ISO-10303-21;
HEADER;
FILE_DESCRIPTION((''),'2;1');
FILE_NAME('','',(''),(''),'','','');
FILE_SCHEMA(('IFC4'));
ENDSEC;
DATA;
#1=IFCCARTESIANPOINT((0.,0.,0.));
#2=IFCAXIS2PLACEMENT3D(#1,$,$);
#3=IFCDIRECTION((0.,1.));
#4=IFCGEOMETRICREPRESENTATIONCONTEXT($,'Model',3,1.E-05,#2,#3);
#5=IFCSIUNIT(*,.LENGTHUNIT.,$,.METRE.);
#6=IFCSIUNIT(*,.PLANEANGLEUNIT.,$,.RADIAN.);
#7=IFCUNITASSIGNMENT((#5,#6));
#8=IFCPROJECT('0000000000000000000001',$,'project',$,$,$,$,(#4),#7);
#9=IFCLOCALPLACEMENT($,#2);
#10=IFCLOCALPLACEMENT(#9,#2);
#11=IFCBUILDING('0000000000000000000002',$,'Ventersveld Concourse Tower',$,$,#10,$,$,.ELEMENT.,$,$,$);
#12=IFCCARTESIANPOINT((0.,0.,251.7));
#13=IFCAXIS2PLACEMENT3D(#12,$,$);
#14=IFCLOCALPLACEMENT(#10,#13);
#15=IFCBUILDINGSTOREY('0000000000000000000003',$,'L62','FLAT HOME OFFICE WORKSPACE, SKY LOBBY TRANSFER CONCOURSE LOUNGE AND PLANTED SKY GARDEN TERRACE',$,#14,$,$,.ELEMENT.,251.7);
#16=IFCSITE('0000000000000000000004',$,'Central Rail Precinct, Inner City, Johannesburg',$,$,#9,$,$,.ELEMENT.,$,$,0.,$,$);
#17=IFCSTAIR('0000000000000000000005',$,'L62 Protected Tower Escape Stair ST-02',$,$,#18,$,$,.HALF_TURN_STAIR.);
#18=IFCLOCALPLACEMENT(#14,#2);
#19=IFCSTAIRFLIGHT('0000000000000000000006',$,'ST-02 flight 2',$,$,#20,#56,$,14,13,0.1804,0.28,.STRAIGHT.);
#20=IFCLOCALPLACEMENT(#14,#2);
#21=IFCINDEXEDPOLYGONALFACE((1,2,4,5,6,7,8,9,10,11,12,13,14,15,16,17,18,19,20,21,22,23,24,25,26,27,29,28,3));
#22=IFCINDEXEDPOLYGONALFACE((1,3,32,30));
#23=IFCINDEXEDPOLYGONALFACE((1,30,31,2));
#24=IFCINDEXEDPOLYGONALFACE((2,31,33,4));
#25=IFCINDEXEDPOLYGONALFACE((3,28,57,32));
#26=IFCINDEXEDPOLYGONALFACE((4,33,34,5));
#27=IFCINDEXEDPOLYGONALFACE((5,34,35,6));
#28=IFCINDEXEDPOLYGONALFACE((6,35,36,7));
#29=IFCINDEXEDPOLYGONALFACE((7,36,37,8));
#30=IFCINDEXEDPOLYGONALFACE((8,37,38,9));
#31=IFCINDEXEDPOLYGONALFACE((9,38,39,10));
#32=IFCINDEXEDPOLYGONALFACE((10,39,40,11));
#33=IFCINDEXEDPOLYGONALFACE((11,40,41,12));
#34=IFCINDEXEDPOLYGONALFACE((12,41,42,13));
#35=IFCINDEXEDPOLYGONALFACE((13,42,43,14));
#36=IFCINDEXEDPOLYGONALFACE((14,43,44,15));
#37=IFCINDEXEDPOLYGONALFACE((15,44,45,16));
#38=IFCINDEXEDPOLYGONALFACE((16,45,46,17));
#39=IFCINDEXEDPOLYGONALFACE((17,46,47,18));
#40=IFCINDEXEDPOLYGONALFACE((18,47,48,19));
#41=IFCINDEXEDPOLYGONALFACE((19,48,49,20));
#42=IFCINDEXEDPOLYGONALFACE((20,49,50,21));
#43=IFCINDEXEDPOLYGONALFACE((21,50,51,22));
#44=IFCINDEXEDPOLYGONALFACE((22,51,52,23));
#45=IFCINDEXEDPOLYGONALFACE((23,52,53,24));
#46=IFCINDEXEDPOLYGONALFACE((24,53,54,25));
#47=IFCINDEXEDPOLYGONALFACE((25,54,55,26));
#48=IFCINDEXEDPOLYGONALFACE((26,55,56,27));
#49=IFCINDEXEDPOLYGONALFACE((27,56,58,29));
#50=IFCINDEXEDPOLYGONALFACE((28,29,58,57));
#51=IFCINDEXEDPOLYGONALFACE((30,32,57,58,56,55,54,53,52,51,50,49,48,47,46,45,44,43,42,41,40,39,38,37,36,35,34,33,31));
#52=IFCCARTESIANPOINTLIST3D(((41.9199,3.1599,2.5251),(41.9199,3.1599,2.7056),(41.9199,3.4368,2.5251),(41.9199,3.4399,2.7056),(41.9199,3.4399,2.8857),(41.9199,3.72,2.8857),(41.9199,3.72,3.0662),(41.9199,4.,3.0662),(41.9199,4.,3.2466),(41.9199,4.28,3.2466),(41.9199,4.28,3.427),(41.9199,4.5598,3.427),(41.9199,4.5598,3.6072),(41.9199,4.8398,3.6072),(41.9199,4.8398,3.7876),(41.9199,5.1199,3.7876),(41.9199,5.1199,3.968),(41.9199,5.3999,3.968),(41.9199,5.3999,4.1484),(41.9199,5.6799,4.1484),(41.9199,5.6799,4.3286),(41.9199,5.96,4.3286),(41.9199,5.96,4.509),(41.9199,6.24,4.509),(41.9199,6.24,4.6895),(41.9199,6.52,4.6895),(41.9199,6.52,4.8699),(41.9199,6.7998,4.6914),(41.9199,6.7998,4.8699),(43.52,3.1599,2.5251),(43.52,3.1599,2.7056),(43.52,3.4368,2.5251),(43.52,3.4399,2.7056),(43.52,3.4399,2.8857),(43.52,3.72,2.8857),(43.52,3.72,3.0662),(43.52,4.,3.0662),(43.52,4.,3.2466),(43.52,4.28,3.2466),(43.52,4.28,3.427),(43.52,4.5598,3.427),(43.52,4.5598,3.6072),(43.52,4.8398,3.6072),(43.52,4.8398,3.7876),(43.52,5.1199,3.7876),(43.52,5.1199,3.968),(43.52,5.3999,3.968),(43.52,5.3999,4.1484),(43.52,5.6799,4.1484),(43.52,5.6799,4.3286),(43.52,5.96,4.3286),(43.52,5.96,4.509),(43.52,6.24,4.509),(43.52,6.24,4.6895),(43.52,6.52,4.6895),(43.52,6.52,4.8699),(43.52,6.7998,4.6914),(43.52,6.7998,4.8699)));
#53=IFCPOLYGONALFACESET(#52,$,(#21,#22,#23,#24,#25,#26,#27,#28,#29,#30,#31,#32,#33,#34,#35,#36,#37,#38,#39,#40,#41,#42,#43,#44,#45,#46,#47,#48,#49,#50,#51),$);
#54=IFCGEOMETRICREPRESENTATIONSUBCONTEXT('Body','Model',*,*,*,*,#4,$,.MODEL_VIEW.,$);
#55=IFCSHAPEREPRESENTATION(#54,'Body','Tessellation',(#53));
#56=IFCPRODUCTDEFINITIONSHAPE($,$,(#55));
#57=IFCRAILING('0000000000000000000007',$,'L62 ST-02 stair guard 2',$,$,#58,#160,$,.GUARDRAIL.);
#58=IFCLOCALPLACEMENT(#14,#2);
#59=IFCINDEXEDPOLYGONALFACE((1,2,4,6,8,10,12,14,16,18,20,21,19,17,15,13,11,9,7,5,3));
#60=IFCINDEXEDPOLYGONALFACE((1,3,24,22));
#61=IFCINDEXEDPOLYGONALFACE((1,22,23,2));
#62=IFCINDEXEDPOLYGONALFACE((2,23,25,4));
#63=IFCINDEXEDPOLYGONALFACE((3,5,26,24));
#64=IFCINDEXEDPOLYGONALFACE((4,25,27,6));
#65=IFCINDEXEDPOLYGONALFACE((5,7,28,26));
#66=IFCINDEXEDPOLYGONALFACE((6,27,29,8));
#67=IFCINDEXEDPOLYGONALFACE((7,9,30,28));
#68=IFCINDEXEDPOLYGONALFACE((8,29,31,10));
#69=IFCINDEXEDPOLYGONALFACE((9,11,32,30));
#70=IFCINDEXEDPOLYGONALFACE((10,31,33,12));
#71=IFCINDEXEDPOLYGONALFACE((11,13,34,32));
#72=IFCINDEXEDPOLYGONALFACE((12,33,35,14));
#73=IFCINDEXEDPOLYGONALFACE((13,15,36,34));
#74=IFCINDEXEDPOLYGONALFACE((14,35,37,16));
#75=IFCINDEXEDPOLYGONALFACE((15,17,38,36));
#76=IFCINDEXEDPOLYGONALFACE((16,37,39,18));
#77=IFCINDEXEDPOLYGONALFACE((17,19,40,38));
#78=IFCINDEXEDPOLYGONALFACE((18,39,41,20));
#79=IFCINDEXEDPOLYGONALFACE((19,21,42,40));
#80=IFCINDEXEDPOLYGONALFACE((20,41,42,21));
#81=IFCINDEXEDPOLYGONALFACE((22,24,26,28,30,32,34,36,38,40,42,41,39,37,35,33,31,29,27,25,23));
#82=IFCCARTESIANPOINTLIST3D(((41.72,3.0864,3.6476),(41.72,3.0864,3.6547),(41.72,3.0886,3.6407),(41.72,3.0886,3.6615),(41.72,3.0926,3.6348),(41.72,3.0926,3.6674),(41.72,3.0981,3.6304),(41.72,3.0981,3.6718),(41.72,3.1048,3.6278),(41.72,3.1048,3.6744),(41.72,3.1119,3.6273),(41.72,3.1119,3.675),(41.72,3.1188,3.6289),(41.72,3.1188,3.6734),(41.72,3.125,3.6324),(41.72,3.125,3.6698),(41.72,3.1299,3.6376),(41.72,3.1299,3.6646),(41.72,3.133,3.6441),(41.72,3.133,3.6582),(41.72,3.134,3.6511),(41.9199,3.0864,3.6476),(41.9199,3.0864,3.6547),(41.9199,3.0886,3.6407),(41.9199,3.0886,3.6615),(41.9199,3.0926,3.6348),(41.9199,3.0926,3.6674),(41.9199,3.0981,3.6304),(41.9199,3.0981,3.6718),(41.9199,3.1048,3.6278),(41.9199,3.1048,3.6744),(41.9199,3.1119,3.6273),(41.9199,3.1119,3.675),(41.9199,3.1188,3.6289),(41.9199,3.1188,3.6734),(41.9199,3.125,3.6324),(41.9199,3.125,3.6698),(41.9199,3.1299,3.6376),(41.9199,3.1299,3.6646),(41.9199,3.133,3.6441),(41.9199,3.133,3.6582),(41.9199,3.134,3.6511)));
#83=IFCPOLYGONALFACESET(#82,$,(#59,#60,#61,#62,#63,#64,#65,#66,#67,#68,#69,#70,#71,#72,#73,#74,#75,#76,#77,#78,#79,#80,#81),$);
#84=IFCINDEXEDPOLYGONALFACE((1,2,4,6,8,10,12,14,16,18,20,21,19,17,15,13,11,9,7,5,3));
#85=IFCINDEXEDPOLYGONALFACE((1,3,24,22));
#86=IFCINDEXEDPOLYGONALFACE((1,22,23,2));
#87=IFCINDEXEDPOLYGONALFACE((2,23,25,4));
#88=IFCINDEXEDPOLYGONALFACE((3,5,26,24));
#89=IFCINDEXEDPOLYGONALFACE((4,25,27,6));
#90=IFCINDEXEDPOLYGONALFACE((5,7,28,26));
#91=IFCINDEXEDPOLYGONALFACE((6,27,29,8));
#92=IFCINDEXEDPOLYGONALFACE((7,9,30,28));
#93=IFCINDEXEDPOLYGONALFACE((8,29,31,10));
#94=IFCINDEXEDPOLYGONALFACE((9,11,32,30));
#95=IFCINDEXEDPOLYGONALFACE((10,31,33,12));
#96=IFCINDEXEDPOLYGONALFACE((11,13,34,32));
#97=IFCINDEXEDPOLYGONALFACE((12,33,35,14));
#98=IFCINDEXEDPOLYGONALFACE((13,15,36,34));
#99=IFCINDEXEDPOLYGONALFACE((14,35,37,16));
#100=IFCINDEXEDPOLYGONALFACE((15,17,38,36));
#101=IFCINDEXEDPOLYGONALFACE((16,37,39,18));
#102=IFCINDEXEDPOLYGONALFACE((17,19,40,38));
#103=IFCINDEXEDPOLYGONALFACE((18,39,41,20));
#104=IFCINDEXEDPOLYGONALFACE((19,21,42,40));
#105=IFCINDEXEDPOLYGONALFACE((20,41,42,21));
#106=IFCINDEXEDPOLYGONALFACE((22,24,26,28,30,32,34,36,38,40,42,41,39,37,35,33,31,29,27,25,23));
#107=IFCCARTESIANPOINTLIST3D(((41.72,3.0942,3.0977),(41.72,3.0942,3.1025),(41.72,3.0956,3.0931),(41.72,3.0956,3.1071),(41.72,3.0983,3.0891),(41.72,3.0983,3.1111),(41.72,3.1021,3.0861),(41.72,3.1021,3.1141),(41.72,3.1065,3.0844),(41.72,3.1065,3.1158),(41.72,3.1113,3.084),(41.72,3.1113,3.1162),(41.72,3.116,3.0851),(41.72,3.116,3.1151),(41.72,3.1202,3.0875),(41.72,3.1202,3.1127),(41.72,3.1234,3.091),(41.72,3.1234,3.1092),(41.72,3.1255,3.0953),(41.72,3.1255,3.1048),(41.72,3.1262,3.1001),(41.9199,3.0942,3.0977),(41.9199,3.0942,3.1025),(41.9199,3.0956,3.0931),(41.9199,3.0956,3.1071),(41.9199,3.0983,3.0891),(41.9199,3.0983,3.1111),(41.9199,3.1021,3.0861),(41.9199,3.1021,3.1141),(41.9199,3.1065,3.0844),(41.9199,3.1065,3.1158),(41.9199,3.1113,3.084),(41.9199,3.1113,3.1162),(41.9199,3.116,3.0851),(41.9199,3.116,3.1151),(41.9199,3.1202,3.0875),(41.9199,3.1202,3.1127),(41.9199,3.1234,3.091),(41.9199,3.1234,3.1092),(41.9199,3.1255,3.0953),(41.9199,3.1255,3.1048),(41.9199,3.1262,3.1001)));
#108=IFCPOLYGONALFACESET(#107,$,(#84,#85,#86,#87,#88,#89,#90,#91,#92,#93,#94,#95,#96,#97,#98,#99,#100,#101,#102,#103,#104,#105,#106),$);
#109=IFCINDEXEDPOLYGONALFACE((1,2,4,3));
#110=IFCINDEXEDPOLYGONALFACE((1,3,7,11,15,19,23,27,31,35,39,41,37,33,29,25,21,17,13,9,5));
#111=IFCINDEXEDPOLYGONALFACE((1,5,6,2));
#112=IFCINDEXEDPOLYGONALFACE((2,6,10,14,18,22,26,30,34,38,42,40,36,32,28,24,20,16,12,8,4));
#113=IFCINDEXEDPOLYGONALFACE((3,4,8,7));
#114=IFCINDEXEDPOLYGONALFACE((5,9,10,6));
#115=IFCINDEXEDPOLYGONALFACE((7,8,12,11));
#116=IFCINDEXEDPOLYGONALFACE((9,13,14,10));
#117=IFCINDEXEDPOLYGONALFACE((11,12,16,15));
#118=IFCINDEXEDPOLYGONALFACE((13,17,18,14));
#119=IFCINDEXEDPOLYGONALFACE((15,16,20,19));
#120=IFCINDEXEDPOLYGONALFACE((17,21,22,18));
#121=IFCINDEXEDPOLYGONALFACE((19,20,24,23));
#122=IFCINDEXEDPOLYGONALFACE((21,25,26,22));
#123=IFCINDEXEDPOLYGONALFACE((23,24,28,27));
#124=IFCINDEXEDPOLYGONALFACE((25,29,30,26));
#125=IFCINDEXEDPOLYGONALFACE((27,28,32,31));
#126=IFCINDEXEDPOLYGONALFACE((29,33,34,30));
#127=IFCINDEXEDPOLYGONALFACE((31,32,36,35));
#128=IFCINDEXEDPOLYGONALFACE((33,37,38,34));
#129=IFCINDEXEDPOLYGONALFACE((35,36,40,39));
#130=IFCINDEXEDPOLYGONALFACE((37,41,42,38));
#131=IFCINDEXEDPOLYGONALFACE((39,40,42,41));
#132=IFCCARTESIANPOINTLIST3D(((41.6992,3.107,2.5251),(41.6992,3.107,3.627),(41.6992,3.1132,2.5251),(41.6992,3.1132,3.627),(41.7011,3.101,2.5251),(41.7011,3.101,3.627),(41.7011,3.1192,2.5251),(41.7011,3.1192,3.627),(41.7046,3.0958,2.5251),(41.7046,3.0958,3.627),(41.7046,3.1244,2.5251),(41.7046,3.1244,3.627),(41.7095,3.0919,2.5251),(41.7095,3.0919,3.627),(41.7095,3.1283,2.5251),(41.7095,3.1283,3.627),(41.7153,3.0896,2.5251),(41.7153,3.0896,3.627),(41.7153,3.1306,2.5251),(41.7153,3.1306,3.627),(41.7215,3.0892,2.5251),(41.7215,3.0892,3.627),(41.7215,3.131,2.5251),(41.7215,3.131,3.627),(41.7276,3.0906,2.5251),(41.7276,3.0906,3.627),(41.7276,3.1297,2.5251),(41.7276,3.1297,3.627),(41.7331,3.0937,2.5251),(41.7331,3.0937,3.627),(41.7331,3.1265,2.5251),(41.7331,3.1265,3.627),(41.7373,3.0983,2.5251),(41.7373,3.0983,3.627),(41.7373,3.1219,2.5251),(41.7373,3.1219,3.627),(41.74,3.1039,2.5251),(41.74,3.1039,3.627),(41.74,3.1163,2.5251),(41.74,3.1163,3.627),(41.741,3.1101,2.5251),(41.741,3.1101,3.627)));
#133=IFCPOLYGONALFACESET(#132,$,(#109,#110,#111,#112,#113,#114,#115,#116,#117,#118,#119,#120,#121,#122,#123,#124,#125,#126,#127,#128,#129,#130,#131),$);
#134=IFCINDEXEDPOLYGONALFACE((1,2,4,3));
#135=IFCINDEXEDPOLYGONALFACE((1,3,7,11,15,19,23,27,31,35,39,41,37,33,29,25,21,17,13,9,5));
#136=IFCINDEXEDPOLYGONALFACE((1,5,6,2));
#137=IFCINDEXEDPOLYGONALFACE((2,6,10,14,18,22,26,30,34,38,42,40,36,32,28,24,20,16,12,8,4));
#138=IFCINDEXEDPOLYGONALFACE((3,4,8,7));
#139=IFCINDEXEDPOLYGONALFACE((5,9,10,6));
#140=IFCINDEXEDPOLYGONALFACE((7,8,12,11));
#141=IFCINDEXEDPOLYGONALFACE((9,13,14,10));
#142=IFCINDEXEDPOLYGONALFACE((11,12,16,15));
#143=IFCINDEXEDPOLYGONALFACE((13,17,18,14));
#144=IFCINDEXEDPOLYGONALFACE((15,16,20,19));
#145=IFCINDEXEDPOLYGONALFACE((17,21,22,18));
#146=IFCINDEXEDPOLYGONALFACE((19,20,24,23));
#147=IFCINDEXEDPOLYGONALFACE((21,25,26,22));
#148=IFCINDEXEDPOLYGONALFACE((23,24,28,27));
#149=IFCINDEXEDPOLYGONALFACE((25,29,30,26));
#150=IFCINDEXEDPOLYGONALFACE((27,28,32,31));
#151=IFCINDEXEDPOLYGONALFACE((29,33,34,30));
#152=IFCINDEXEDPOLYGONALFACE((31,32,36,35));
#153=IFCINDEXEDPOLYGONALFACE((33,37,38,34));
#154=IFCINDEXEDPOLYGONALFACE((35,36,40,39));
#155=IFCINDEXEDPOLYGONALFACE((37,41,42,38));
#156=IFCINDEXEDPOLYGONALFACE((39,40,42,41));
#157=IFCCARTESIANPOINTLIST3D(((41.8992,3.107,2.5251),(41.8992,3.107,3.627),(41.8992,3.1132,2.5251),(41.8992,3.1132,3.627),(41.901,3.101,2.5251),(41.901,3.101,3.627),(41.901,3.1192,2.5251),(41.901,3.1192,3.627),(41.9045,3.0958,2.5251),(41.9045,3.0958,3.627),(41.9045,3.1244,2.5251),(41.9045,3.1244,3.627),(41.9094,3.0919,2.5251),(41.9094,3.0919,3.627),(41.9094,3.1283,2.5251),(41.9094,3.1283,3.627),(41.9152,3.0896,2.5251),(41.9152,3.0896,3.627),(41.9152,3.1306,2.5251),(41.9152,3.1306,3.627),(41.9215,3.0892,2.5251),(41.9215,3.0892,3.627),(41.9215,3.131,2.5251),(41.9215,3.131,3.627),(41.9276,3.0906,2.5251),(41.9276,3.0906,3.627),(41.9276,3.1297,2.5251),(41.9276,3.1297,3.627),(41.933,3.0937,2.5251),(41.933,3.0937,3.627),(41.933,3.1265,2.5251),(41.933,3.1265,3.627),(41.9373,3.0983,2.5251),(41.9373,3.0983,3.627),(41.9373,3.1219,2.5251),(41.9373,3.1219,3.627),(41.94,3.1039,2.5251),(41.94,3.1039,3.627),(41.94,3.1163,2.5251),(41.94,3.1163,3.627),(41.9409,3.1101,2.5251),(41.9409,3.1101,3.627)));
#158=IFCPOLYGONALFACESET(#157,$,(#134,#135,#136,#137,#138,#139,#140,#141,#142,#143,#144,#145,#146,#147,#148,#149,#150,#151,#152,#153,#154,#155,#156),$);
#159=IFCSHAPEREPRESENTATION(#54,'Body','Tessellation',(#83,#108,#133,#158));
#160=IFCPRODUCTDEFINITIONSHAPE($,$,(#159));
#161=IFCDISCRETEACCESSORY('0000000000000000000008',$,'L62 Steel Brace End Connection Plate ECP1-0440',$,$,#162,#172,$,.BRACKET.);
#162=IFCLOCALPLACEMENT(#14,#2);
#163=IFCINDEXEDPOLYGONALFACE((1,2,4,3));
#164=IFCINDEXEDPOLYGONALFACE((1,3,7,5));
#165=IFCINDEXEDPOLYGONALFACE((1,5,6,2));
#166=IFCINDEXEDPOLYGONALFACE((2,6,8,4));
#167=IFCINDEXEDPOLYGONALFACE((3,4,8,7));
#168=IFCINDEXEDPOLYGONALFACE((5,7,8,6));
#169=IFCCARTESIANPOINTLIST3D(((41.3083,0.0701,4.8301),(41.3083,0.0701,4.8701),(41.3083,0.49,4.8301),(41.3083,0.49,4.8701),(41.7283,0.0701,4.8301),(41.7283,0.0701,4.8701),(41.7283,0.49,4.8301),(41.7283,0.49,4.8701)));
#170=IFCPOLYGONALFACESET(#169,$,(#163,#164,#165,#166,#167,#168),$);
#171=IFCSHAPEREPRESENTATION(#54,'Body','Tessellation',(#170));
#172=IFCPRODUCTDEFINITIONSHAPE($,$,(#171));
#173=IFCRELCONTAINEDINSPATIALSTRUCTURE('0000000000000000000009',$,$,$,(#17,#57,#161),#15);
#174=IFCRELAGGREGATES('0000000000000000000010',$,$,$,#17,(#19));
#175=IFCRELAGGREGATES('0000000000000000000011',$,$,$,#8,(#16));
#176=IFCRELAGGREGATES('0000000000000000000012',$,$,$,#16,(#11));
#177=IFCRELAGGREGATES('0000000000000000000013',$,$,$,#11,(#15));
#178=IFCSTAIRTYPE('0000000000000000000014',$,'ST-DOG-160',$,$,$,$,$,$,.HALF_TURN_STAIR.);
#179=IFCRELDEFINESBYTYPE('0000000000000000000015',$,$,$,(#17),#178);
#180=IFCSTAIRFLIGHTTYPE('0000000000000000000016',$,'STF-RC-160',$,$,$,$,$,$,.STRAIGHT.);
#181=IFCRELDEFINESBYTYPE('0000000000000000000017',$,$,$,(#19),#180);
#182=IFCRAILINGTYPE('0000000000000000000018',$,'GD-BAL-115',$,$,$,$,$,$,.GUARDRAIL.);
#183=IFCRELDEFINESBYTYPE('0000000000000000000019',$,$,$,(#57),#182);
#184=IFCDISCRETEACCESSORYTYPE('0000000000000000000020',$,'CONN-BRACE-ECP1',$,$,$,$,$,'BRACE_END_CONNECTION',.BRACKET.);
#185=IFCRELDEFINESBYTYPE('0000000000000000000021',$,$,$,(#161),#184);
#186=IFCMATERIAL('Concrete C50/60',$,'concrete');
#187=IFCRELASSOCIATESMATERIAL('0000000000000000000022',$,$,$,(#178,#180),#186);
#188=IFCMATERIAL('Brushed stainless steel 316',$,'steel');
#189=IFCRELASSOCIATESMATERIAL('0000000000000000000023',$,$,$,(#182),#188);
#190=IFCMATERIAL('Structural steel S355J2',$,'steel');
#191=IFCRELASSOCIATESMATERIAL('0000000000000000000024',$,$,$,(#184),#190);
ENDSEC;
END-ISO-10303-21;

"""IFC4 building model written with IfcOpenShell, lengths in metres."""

from ifc_helpers import new_model, si_unit, direction, frame, origin, origin_2d, place, context, subcontext, project, spatial, polyline, rectangle, circle, outline, extrude, material, type_object, element, aggregate, save


model = new_model("IFC4")

# Units and contexts
model_context = context("Model", 3, precision=1e-05, world=origin(), true_north=direction((0.0, 1.0)))
body_context = subcontext(model_context, "Body", "Model", "MODEL_VIEW")
ifc_project = project(units=[si_unit("LENGTHUNIT", "METRE"), si_unit("PLANEANGLEUNIT", "RADIAN")], contexts=[model_context])

# Site, building, storey
site_placement = place(None, origin())
site = spatial("IfcSite", under=ifc_project, at=site_placement, Name="Central Rail Precinct, Inner City, Johannesburg", CompositionType="ELEMENT", RefElevation=0.0)
building_placement = place(site_placement, origin())
building = spatial("IfcBuilding", under=site, at=building_placement, Name="Ventersveld Concourse Tower", CompositionType="ELEMENT")
storey_placement = place(building_placement, frame((0.0, 0.0, 251.7)))
storey = spatial("IfcBuildingStorey", under=building, at=storey_placement, Name="L62", Description="FLAT HOME OFFICE WORKSPACE, SKY LOBBY TRANSFER CONCOURSE LOUNGE AND PLANTED SKY GARDEN TERRACE", CompositionType="ELEMENT", Elevation=251.7)

# Shared definitions
ifc_material_1 = material(Name="Concrete C50/60", Category="concrete")

# Shared definitions
ifc_material_2 = material(Name="Structural steel S355J2", Category="steel")

# Stair, stair flight
stair_type = type_object("IfcStairType", Name="ST-DOG-160", PredefinedType="HALF_TURN_STAIR", material=ifc_material_1)
stair_placement = place(storey_placement, origin())
stair = element("IfcStair", 1, at=stair_placement, inside=storey, type_object=stair_type, Name="L62 Protected Tower Escape Stair ST-02", PredefinedType="HALF_TURN_STAIR")
stair_flight_type = type_object("IfcStairFlightType", Name="STF-RC-160", PredefinedType="STRAIGHT", material=ifc_material_1)
stair_flight_placement = place(storey_placement, frame((42.72, 3.1599, 2.5251), z_axis=(0.0, 0.0, 1.0), x_axis=(0.0, 1.0, 0.0)))
stair_flight = element("IfcStairFlight", 2, at=stair_flight_placement, type_object=stair_flight_type, Name="ST-02 flight 2", NumberOfRisers=14, NumberOfTreads=13, PredefinedType="STRAIGHT", RiserHeight=0.1804, TreadLength=0.28, context=body_context, shape_type="SweptSolid", body=[
    extrude(outline(polyline([(0.0, 0.0), (0.0, 0.1804), (0.28, 0.1804), (0.28, 0.3606), (0.5601, 0.3606), (0.5601, 0.541), (0.8401, 0.541), (0.8401, 0.7214), (1.1201, 0.7214), (1.1201, 0.9019), (1.3999, 0.9019), (1.3999, 1.082), (1.6799, 1.082), (1.6799, 1.2625), (1.96, 1.2625), (1.96, 1.4429), (2.24, 1.4429), (2.24, 1.6233), (2.52, 1.6233), (2.52, 1.8035), (2.8, 1.8035), (2.8, 1.9839), (3.0801, 1.9839), (3.0801, 2.1643), (3.3601, 2.1643), (3.3601, 2.3447), (3.6399, 2.3447), (3.6399, 2.5249), (3.6399, 2.1663), (0.2769, 0.0), (0.0, 0.0)])), frame((0.0, 0.8, 0.0), z_axis=(0.0, -1.0, 0.0), x_axis=(1.0, 0.0, 0.0)), (0.0, 0.0, 1.0), 1.6001),
])
aggregate(stair, [stair_flight])

# Railing
ifc_material_3 = material(Name="Brushed stainless steel 316", Category="steel")
railing_type = type_object("IfcRailingType", Name="GD-BAL-115", PredefinedType="GUARDRAIL", material=ifc_material_3)
railing_1_placement = place(storey_placement, frame((41.72, 3.1101, 2.5251)))
element("IfcRailing", 3, at=railing_1_placement, inside=storey, type_object=railing_type, Name="L62 ST-02 stair guard 2", PredefinedType="GUARDRAIL", context=body_context, shape_type="SweptSolid", body=[
    extrude(circle(Radius=0.0239, at=origin_2d()), frame((0.0, 0.0, 1.126), z_axis=(1.0, 0.0, 0.0), x_axis=(0.0, 1.0, 0.0)), (0.0, 0.0, 1.0), 0.2),
    extrude(circle(Radius=0.0161, at=origin_2d()), frame((0.0, 0.0, 0.575), z_axis=(1.0, 0.0, 0.0), x_axis=(0.0, 1.0, 0.0)), (0.0, 0.0, 1.0), 0.2),
    extrude(circle(Radius=0.021, at=origin_2d()), origin(), (0.0, 0.0, 1.0), 1.1018),
    extrude(circle(Radius=0.021, at=origin_2d()), frame((0.2, 0.0, 0.0)), (0.0, 0.0, 1.0), 1.1018),
])

# Discrete accessory
discrete_accessory_type = type_object("IfcDiscreteAccessoryType", Name="CONN-BRACE-ECP1", ElementType="BRACE_END_CONNECTION", PredefinedType="BRACKET", material=ifc_material_2)
discrete_accessory_placement = place(storey_placement, frame((41.5183, 0.28, 4.8301), z_axis=(0.0, 0.0, 1.0), x_axis=(1.0, 0.0, 0.0)))
element("IfcDiscreteAccessory", 4, at=discrete_accessory_placement, inside=storey, type_object=discrete_accessory_type, Name="L62 Steel Brace End Connection Plate ECP1-0440", PredefinedType="BRACKET", context=body_context, shape_type="SweptSolid", body=[
    extrude(rectangle(XDim=0.4199, YDim=0.4199, at=origin_2d()), origin(), (0.0, 0.0, 1.0), 0.04),
])

save(model, "model.ifc")
